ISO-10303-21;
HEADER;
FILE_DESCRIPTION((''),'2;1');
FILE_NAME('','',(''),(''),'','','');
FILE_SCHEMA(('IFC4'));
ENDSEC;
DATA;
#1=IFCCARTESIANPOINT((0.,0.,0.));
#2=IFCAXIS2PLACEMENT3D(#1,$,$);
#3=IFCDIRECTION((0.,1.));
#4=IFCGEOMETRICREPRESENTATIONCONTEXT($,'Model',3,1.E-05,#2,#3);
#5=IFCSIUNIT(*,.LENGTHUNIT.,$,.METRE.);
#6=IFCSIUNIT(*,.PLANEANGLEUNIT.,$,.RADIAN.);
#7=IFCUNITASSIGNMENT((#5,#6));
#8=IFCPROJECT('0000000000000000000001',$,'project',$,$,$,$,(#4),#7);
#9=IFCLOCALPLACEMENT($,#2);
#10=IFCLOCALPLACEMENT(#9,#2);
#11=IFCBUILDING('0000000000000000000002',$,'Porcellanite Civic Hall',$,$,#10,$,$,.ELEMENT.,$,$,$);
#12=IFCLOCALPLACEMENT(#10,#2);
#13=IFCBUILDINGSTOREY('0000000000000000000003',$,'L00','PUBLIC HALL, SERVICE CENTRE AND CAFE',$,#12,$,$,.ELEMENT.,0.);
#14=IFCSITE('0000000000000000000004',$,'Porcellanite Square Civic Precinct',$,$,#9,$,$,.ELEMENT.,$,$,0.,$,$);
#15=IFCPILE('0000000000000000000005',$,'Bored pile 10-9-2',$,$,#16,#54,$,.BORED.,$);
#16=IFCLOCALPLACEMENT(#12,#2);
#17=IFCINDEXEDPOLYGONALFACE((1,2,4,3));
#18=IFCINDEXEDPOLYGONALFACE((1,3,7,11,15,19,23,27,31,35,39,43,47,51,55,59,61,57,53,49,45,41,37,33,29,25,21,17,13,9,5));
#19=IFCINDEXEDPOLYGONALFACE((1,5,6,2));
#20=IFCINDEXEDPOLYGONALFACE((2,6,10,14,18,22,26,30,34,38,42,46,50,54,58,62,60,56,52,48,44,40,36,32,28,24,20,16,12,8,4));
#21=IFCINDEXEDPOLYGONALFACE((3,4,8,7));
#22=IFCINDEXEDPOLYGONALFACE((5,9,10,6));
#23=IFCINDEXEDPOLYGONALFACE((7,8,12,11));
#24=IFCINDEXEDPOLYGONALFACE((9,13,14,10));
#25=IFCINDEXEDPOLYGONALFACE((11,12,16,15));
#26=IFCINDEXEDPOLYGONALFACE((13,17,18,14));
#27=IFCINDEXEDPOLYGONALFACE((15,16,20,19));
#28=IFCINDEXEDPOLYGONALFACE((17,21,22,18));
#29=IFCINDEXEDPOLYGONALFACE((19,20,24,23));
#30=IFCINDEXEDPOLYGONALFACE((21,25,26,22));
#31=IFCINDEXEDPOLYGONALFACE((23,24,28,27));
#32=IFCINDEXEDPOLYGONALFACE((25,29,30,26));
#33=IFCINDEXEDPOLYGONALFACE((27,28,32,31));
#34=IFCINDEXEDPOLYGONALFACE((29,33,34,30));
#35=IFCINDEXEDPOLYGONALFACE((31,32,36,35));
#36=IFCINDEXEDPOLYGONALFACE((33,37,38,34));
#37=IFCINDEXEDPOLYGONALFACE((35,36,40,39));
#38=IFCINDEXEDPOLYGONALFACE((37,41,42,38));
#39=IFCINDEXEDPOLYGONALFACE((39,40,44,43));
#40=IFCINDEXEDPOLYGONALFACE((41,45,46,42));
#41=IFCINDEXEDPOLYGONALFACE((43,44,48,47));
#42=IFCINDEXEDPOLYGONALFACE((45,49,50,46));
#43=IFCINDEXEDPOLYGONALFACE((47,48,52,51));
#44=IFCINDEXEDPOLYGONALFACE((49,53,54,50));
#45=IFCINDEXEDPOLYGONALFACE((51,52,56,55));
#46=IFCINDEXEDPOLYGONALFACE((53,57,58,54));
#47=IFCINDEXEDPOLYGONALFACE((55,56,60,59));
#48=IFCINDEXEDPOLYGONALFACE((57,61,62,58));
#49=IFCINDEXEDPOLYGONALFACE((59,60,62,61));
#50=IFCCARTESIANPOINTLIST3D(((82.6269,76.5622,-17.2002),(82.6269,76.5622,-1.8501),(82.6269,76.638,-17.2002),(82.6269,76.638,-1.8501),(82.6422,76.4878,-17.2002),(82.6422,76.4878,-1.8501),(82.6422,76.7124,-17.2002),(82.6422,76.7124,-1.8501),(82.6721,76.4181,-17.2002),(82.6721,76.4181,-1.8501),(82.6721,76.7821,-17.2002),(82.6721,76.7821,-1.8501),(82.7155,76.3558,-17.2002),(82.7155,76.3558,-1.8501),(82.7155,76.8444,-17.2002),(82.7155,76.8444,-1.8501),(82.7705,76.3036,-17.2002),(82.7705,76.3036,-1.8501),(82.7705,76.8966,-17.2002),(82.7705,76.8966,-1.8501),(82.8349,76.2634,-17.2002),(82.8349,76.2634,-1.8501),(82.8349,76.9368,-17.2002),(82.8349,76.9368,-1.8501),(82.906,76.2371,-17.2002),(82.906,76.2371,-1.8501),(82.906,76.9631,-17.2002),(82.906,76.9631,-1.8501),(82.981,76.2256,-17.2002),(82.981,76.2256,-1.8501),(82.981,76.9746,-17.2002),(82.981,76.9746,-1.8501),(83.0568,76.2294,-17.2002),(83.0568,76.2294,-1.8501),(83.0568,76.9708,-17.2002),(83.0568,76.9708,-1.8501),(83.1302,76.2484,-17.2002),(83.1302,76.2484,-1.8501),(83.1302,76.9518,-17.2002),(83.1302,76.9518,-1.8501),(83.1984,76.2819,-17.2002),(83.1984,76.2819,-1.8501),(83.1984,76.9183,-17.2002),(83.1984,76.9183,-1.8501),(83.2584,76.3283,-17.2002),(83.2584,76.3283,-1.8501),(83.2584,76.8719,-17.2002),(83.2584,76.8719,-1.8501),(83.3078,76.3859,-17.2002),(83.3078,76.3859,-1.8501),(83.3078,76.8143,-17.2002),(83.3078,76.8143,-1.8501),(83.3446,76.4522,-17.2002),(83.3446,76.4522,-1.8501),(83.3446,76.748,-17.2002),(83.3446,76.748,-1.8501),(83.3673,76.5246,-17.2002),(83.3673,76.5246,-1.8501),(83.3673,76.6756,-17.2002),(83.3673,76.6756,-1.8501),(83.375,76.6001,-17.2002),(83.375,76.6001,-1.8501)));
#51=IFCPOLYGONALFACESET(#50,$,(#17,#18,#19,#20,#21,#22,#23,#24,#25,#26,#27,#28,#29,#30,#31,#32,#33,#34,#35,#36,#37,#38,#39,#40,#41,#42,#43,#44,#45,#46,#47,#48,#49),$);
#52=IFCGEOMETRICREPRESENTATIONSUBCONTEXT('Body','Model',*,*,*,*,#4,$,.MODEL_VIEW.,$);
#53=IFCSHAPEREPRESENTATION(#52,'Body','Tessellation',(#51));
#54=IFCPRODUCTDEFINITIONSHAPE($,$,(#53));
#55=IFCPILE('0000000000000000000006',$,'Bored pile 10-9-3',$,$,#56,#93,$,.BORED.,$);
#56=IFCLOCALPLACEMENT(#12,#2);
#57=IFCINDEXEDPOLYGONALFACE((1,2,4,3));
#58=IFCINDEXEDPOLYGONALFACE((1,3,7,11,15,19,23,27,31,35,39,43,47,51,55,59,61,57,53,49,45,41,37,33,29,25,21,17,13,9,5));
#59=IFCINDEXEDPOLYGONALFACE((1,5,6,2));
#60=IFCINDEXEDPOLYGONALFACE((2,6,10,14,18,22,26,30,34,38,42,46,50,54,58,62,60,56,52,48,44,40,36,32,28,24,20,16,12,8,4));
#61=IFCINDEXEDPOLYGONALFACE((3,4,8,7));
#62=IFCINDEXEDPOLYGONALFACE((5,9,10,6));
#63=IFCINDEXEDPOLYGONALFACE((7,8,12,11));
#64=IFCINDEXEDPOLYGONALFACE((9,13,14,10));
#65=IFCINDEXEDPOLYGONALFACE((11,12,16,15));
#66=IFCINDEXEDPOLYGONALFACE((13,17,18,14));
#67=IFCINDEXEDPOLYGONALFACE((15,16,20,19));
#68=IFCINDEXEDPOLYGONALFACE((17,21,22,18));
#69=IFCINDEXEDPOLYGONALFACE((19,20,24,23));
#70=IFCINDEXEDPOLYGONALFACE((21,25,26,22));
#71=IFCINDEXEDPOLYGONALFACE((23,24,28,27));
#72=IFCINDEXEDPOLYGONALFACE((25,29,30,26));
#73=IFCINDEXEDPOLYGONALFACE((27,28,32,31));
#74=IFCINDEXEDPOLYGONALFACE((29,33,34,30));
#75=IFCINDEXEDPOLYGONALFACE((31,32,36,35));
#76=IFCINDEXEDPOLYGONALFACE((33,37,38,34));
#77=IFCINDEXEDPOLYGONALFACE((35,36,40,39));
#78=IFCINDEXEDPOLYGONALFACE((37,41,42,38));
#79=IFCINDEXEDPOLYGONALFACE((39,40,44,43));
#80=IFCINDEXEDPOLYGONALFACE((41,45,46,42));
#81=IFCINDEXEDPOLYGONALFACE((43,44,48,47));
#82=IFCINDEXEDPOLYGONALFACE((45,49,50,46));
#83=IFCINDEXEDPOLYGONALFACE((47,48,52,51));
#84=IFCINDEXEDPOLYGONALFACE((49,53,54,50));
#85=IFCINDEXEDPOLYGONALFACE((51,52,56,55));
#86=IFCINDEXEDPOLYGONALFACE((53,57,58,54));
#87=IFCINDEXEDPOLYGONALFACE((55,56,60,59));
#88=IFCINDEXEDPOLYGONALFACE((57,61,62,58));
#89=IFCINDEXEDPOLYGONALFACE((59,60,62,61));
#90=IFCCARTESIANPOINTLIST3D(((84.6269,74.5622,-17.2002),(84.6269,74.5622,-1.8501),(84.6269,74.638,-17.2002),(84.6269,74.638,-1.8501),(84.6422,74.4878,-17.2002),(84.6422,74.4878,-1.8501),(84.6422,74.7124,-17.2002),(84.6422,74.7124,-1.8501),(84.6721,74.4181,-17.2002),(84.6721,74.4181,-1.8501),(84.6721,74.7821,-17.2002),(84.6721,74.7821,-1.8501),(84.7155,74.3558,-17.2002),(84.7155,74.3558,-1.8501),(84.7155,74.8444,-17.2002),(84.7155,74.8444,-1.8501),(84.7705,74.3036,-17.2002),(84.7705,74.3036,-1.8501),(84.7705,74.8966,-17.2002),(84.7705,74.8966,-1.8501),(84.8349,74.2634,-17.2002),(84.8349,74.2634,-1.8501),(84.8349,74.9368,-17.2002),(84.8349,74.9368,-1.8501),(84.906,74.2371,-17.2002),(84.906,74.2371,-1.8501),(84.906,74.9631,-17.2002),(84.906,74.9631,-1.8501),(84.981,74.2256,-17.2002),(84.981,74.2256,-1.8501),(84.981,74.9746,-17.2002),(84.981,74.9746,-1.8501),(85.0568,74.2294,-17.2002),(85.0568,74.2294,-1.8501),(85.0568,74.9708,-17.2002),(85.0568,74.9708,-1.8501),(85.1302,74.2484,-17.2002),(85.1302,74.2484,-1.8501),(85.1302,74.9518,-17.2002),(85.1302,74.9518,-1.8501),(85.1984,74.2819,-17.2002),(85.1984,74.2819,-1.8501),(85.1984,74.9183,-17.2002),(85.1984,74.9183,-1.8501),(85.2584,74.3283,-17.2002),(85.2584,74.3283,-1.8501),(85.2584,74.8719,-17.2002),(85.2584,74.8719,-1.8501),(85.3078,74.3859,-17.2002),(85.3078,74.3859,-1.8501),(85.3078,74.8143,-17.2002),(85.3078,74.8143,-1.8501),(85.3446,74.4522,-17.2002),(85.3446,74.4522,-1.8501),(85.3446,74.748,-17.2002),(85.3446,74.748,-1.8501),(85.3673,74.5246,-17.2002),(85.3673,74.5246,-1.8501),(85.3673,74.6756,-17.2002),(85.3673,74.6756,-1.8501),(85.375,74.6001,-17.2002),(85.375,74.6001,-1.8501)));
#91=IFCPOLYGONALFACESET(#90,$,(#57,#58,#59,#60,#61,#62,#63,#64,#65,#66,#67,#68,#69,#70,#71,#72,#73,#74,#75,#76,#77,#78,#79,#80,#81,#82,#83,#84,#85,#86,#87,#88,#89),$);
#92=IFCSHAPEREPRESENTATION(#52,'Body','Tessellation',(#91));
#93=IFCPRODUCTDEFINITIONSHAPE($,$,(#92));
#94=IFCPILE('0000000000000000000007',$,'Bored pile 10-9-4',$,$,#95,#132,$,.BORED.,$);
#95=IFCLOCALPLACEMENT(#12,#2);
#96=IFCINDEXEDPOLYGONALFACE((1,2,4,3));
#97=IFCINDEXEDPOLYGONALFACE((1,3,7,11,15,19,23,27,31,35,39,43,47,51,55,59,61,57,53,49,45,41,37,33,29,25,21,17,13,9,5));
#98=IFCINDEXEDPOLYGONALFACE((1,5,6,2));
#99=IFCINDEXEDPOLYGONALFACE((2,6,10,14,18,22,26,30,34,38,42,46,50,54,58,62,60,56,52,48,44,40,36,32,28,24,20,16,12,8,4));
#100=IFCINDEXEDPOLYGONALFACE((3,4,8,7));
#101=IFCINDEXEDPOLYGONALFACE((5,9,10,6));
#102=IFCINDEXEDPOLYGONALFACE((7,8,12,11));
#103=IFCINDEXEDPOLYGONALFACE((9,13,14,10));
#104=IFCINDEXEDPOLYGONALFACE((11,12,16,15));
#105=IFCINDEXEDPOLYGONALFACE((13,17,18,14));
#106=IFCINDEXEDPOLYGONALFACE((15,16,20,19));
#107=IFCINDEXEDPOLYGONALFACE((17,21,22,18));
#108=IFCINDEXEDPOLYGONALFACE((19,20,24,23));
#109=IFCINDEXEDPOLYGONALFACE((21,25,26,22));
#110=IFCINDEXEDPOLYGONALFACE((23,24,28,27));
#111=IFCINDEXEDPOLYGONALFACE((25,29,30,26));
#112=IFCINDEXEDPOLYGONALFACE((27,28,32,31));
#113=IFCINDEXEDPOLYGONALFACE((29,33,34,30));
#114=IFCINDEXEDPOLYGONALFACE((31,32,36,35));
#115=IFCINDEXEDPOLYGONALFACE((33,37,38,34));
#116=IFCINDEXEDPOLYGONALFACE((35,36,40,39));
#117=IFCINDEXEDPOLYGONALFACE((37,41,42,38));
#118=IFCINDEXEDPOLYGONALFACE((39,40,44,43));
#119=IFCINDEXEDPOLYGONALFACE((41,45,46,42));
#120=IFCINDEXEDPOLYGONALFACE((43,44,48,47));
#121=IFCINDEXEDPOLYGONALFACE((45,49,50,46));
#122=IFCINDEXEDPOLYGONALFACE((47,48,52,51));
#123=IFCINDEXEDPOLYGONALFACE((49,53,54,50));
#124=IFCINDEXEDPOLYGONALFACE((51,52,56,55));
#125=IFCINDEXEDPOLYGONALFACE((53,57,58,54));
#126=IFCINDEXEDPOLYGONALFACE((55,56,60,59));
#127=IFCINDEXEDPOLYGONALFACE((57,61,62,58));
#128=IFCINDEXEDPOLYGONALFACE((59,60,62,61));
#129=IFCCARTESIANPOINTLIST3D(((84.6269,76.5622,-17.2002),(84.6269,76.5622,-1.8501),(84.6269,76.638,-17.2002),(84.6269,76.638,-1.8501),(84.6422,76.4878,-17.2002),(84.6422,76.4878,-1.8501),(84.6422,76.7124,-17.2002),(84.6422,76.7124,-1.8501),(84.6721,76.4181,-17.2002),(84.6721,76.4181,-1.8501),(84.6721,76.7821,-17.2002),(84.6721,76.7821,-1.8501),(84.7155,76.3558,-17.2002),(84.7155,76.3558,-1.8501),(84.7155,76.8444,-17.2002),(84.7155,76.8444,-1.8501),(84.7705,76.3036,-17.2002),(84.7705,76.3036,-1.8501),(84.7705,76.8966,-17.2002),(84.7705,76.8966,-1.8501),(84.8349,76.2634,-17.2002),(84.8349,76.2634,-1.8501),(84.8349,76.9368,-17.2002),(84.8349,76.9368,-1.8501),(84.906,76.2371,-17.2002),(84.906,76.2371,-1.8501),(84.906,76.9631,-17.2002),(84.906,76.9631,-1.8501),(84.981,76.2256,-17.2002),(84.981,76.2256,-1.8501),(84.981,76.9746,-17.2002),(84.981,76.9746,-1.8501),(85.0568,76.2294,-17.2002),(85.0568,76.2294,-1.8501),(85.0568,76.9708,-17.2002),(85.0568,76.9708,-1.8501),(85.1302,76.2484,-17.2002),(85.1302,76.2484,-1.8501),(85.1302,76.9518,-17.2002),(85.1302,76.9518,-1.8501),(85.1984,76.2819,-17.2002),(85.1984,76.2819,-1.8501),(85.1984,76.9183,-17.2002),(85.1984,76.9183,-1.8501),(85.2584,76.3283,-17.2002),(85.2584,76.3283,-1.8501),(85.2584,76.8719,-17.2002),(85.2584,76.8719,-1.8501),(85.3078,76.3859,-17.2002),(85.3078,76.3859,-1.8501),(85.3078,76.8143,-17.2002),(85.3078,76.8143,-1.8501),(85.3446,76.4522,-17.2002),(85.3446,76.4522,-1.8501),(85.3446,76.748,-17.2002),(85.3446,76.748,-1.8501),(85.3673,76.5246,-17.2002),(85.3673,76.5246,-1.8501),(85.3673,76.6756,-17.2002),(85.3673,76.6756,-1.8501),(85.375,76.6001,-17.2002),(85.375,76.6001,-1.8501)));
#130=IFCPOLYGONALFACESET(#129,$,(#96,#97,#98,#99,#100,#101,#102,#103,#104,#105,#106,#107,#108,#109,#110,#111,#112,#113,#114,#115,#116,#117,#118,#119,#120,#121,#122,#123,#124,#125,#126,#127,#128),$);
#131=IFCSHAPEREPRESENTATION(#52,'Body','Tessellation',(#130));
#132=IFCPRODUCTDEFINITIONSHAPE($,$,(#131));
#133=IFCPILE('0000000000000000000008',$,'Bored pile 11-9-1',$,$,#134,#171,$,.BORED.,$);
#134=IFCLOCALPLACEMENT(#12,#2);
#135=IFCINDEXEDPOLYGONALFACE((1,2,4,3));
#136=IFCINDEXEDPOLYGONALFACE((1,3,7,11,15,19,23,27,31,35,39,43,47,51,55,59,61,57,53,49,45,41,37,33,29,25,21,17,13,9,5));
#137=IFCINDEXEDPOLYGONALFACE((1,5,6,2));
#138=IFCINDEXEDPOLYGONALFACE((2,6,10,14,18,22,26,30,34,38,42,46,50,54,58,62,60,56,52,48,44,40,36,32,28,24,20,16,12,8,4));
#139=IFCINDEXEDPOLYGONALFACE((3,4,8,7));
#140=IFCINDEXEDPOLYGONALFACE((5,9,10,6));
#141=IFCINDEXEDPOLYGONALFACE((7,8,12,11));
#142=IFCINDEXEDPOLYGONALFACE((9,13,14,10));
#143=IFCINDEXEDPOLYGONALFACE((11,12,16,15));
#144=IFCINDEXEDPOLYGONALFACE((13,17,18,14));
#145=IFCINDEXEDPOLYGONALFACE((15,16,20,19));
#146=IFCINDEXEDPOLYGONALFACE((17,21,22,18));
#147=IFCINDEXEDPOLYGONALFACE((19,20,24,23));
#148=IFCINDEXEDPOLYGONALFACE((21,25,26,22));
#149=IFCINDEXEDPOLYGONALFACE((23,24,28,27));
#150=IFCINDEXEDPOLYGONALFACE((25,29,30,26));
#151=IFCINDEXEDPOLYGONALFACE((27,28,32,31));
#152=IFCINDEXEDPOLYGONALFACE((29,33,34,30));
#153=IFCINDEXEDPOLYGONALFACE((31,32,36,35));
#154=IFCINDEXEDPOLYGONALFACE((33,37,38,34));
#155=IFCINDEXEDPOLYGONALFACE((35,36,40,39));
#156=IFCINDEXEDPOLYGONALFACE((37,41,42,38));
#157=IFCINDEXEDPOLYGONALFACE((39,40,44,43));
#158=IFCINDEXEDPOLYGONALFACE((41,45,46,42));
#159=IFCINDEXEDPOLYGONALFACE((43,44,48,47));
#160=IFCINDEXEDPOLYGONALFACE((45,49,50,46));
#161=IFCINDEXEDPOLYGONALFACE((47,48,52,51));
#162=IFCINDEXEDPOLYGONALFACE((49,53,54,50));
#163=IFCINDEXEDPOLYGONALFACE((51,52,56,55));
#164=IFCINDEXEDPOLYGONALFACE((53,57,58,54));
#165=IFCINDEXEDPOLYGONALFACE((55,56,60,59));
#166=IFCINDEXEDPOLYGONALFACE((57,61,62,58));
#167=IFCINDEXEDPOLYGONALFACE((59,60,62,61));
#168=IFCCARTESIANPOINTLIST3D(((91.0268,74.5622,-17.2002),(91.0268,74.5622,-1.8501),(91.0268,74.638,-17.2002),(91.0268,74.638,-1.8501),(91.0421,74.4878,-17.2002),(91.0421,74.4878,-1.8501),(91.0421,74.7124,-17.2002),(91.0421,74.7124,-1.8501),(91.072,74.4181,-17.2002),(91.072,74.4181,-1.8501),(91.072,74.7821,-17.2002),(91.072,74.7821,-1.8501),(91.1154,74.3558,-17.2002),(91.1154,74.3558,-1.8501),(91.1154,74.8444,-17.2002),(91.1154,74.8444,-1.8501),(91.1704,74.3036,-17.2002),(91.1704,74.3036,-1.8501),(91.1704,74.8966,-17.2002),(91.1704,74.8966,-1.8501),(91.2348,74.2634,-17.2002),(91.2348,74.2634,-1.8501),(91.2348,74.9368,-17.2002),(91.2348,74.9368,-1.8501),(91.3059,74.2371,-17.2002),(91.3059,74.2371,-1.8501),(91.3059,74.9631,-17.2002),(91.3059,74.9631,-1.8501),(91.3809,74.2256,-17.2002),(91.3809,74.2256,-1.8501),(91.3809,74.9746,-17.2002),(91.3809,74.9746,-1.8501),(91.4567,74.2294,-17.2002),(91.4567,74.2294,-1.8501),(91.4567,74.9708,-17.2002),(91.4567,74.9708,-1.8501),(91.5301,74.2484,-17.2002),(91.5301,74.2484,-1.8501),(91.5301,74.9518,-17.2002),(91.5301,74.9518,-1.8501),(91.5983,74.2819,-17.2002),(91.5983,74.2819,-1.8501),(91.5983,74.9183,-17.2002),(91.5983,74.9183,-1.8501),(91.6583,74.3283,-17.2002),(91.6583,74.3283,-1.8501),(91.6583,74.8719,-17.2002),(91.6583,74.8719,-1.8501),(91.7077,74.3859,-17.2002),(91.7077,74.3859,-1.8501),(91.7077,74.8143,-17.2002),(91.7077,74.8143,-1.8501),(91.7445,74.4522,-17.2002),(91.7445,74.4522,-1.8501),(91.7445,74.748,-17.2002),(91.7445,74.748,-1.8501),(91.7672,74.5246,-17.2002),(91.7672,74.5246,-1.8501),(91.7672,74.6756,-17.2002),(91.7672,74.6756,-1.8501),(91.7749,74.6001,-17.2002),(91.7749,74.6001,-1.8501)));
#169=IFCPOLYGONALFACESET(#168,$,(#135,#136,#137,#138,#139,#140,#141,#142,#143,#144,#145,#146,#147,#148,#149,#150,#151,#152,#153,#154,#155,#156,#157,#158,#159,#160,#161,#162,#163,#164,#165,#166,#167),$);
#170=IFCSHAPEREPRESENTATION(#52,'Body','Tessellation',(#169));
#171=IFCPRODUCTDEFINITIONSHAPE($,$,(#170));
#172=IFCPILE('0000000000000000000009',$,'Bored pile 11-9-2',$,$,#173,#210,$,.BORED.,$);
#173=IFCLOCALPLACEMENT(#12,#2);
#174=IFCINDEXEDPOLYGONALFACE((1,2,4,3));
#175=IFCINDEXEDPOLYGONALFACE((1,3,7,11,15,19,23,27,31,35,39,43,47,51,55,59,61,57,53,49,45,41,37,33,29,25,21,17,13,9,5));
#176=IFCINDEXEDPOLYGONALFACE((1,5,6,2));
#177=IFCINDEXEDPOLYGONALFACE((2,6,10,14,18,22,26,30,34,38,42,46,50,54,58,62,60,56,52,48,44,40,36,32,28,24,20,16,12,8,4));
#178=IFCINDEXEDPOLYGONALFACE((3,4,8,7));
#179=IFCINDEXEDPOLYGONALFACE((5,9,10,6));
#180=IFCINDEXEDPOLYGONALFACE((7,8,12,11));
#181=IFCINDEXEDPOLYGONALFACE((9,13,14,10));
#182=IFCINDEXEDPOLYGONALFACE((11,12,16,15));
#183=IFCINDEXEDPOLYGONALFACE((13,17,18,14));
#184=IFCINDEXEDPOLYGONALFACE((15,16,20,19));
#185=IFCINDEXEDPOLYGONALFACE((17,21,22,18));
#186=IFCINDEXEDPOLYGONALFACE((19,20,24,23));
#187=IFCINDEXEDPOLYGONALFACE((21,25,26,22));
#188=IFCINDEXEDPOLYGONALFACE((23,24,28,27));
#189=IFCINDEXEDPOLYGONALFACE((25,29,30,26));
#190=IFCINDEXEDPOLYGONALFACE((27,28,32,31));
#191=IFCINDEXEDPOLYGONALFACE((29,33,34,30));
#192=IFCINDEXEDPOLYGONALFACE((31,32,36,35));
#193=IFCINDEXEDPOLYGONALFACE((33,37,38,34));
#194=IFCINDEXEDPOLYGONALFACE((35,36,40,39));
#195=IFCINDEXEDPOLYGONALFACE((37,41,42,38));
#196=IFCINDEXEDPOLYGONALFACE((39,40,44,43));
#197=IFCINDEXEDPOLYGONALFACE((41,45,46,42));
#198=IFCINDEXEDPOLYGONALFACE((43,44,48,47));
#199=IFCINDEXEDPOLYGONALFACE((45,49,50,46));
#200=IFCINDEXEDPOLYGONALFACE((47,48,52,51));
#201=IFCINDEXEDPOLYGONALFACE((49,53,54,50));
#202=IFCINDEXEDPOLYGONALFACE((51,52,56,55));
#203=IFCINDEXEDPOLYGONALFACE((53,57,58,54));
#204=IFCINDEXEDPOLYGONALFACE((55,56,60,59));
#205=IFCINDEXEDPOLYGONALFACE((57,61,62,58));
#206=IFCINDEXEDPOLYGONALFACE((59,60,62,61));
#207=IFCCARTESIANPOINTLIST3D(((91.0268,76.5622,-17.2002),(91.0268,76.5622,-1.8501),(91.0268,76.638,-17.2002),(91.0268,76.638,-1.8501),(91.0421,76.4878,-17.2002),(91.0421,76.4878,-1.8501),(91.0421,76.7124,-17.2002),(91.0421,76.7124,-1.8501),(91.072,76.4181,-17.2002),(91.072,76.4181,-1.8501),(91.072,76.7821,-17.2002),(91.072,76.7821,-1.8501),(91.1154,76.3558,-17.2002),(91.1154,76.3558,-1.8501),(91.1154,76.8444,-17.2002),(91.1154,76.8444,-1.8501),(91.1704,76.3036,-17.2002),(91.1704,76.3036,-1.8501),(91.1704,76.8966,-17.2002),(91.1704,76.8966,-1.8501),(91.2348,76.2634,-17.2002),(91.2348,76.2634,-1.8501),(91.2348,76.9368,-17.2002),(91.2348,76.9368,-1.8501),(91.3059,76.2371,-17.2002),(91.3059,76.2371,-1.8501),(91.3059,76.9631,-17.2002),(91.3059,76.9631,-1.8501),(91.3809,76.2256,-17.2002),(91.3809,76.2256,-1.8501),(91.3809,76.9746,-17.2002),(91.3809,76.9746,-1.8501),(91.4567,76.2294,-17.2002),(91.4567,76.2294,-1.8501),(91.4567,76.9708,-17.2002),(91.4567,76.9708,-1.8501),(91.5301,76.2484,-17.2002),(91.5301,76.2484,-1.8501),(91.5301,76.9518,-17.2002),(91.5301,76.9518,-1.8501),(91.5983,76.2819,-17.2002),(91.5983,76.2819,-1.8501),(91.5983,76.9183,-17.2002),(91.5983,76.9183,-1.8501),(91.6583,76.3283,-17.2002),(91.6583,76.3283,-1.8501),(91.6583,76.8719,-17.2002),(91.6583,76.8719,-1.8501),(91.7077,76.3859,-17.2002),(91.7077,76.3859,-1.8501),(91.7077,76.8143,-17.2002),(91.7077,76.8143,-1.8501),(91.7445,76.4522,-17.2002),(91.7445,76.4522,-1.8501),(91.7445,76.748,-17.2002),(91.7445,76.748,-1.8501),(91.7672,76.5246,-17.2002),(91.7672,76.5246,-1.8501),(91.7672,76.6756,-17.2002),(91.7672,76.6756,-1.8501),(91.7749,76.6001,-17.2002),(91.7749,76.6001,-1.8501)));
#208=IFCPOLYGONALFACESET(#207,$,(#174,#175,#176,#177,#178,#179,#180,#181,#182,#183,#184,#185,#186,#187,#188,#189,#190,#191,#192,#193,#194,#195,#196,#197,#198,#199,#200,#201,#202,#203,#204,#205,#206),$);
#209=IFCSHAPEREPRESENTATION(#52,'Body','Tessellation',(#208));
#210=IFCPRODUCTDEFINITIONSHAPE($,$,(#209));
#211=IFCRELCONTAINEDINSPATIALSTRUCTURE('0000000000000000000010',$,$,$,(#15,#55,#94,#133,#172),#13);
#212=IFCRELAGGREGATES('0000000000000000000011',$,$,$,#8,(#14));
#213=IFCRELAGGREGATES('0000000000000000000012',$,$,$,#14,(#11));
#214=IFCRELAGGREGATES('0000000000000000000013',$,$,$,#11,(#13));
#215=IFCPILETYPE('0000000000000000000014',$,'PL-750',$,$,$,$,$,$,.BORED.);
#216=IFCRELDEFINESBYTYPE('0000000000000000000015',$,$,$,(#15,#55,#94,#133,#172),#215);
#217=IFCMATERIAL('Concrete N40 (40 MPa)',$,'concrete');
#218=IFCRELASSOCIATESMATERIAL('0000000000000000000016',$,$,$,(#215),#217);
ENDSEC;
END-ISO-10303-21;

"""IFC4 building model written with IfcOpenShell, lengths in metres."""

from ifc_helpers import new_model, si_unit, direction, frame, origin, origin_2d, place, context, subcontext, project, spatial, circle, extrude, material, material_profile, profile_set, type_object, element, save


model = new_model("IFC4")

# Units and contexts
model_context = context("Model", 3, precision=1e-05, world=origin(), true_north=direction((0.0, 1.0)))
body_context = subcontext(model_context, "Body", "Model", "MODEL_VIEW")
ifc_project = project(units=[si_unit("LENGTHUNIT", "METRE"), si_unit("PLANEANGLEUNIT", "RADIAN")], contexts=[model_context])

# Site, building, storey
site_placement = place(None, origin())
site = spatial("IfcSite", under=ifc_project, at=site_placement, Name="Porcellanite Square Civic Precinct", CompositionType="ELEMENT", RefElevation=0.0)
building_placement = place(site_placement, origin())
building = spatial("IfcBuilding", under=site, at=building_placement, Name="Porcellanite Civic Hall", CompositionType="ELEMENT")
storey_placement = place(building_placement, origin())
storey = spatial("IfcBuildingStorey", under=building, at=storey_placement, Name="L00", Description="PUBLIC HALL, SERVICE CENTRE AND CAFE", CompositionType="ELEMENT", Elevation=0.0)

# Piles
ifc_material_1 = material(Name="Concrete N40 (40 MPa)", Category="concrete")
ifc_material_profile_1 = material_profile(ifc_material_1, circle(Radius=0.375, at=origin_2d()), Name="PILE-D750")
ifc_profile_set_1 = profile_set([ifc_material_profile_1], Name="Concrete N40 (40 MPa)")
pile_type = type_object("IfcPileType", Name="PL-750", PredefinedType="BORED", material=ifc_profile_set_1)
for number, where, z_axis, x_axis, name in (
    (1, (83.0, 76.6001, -1.8501), (0.0, 0.0, -1.0), (1.0, 0.0, 0.0), "Bored pile 10-9-2"),
    (2, (85.0, 74.6001, -1.8501), (0.0, 0.0, -1.0), (1.0, 0.0, 0.0), "Bored pile 10-9-3"),
    (3, (85.0, 76.6001, -1.8501), (0.0, 0.0, -1.0), (1.0, 0.0, 0.0), "Bored pile 10-9-4"),
    (4, (91.3999, 74.6001, -1.8501), (0.0, 0.0, -1.0), (1.0, 0.0, 0.0), "Bored pile 11-9-1"),
    (5, (91.3999, 76.6001, -1.8501), (0.0, 0.0, -1.0), (1.0, 0.0, 0.0), "Bored pile 11-9-2"),
):
    element("IfcPile", number, at=place(storey_placement, frame(where, z_axis=z_axis, x_axis=x_axis)), inside=storey, type_object=pile_type, Name=name, PredefinedType="BORED", context=body_context, shape_type="SweptSolid", body=[
        extrude(circle(Radius=0.375, at=origin_2d()), origin(), (0.0, 0.0, 1.0), 15.3501),
    ])

save(model, "model.ifc")
